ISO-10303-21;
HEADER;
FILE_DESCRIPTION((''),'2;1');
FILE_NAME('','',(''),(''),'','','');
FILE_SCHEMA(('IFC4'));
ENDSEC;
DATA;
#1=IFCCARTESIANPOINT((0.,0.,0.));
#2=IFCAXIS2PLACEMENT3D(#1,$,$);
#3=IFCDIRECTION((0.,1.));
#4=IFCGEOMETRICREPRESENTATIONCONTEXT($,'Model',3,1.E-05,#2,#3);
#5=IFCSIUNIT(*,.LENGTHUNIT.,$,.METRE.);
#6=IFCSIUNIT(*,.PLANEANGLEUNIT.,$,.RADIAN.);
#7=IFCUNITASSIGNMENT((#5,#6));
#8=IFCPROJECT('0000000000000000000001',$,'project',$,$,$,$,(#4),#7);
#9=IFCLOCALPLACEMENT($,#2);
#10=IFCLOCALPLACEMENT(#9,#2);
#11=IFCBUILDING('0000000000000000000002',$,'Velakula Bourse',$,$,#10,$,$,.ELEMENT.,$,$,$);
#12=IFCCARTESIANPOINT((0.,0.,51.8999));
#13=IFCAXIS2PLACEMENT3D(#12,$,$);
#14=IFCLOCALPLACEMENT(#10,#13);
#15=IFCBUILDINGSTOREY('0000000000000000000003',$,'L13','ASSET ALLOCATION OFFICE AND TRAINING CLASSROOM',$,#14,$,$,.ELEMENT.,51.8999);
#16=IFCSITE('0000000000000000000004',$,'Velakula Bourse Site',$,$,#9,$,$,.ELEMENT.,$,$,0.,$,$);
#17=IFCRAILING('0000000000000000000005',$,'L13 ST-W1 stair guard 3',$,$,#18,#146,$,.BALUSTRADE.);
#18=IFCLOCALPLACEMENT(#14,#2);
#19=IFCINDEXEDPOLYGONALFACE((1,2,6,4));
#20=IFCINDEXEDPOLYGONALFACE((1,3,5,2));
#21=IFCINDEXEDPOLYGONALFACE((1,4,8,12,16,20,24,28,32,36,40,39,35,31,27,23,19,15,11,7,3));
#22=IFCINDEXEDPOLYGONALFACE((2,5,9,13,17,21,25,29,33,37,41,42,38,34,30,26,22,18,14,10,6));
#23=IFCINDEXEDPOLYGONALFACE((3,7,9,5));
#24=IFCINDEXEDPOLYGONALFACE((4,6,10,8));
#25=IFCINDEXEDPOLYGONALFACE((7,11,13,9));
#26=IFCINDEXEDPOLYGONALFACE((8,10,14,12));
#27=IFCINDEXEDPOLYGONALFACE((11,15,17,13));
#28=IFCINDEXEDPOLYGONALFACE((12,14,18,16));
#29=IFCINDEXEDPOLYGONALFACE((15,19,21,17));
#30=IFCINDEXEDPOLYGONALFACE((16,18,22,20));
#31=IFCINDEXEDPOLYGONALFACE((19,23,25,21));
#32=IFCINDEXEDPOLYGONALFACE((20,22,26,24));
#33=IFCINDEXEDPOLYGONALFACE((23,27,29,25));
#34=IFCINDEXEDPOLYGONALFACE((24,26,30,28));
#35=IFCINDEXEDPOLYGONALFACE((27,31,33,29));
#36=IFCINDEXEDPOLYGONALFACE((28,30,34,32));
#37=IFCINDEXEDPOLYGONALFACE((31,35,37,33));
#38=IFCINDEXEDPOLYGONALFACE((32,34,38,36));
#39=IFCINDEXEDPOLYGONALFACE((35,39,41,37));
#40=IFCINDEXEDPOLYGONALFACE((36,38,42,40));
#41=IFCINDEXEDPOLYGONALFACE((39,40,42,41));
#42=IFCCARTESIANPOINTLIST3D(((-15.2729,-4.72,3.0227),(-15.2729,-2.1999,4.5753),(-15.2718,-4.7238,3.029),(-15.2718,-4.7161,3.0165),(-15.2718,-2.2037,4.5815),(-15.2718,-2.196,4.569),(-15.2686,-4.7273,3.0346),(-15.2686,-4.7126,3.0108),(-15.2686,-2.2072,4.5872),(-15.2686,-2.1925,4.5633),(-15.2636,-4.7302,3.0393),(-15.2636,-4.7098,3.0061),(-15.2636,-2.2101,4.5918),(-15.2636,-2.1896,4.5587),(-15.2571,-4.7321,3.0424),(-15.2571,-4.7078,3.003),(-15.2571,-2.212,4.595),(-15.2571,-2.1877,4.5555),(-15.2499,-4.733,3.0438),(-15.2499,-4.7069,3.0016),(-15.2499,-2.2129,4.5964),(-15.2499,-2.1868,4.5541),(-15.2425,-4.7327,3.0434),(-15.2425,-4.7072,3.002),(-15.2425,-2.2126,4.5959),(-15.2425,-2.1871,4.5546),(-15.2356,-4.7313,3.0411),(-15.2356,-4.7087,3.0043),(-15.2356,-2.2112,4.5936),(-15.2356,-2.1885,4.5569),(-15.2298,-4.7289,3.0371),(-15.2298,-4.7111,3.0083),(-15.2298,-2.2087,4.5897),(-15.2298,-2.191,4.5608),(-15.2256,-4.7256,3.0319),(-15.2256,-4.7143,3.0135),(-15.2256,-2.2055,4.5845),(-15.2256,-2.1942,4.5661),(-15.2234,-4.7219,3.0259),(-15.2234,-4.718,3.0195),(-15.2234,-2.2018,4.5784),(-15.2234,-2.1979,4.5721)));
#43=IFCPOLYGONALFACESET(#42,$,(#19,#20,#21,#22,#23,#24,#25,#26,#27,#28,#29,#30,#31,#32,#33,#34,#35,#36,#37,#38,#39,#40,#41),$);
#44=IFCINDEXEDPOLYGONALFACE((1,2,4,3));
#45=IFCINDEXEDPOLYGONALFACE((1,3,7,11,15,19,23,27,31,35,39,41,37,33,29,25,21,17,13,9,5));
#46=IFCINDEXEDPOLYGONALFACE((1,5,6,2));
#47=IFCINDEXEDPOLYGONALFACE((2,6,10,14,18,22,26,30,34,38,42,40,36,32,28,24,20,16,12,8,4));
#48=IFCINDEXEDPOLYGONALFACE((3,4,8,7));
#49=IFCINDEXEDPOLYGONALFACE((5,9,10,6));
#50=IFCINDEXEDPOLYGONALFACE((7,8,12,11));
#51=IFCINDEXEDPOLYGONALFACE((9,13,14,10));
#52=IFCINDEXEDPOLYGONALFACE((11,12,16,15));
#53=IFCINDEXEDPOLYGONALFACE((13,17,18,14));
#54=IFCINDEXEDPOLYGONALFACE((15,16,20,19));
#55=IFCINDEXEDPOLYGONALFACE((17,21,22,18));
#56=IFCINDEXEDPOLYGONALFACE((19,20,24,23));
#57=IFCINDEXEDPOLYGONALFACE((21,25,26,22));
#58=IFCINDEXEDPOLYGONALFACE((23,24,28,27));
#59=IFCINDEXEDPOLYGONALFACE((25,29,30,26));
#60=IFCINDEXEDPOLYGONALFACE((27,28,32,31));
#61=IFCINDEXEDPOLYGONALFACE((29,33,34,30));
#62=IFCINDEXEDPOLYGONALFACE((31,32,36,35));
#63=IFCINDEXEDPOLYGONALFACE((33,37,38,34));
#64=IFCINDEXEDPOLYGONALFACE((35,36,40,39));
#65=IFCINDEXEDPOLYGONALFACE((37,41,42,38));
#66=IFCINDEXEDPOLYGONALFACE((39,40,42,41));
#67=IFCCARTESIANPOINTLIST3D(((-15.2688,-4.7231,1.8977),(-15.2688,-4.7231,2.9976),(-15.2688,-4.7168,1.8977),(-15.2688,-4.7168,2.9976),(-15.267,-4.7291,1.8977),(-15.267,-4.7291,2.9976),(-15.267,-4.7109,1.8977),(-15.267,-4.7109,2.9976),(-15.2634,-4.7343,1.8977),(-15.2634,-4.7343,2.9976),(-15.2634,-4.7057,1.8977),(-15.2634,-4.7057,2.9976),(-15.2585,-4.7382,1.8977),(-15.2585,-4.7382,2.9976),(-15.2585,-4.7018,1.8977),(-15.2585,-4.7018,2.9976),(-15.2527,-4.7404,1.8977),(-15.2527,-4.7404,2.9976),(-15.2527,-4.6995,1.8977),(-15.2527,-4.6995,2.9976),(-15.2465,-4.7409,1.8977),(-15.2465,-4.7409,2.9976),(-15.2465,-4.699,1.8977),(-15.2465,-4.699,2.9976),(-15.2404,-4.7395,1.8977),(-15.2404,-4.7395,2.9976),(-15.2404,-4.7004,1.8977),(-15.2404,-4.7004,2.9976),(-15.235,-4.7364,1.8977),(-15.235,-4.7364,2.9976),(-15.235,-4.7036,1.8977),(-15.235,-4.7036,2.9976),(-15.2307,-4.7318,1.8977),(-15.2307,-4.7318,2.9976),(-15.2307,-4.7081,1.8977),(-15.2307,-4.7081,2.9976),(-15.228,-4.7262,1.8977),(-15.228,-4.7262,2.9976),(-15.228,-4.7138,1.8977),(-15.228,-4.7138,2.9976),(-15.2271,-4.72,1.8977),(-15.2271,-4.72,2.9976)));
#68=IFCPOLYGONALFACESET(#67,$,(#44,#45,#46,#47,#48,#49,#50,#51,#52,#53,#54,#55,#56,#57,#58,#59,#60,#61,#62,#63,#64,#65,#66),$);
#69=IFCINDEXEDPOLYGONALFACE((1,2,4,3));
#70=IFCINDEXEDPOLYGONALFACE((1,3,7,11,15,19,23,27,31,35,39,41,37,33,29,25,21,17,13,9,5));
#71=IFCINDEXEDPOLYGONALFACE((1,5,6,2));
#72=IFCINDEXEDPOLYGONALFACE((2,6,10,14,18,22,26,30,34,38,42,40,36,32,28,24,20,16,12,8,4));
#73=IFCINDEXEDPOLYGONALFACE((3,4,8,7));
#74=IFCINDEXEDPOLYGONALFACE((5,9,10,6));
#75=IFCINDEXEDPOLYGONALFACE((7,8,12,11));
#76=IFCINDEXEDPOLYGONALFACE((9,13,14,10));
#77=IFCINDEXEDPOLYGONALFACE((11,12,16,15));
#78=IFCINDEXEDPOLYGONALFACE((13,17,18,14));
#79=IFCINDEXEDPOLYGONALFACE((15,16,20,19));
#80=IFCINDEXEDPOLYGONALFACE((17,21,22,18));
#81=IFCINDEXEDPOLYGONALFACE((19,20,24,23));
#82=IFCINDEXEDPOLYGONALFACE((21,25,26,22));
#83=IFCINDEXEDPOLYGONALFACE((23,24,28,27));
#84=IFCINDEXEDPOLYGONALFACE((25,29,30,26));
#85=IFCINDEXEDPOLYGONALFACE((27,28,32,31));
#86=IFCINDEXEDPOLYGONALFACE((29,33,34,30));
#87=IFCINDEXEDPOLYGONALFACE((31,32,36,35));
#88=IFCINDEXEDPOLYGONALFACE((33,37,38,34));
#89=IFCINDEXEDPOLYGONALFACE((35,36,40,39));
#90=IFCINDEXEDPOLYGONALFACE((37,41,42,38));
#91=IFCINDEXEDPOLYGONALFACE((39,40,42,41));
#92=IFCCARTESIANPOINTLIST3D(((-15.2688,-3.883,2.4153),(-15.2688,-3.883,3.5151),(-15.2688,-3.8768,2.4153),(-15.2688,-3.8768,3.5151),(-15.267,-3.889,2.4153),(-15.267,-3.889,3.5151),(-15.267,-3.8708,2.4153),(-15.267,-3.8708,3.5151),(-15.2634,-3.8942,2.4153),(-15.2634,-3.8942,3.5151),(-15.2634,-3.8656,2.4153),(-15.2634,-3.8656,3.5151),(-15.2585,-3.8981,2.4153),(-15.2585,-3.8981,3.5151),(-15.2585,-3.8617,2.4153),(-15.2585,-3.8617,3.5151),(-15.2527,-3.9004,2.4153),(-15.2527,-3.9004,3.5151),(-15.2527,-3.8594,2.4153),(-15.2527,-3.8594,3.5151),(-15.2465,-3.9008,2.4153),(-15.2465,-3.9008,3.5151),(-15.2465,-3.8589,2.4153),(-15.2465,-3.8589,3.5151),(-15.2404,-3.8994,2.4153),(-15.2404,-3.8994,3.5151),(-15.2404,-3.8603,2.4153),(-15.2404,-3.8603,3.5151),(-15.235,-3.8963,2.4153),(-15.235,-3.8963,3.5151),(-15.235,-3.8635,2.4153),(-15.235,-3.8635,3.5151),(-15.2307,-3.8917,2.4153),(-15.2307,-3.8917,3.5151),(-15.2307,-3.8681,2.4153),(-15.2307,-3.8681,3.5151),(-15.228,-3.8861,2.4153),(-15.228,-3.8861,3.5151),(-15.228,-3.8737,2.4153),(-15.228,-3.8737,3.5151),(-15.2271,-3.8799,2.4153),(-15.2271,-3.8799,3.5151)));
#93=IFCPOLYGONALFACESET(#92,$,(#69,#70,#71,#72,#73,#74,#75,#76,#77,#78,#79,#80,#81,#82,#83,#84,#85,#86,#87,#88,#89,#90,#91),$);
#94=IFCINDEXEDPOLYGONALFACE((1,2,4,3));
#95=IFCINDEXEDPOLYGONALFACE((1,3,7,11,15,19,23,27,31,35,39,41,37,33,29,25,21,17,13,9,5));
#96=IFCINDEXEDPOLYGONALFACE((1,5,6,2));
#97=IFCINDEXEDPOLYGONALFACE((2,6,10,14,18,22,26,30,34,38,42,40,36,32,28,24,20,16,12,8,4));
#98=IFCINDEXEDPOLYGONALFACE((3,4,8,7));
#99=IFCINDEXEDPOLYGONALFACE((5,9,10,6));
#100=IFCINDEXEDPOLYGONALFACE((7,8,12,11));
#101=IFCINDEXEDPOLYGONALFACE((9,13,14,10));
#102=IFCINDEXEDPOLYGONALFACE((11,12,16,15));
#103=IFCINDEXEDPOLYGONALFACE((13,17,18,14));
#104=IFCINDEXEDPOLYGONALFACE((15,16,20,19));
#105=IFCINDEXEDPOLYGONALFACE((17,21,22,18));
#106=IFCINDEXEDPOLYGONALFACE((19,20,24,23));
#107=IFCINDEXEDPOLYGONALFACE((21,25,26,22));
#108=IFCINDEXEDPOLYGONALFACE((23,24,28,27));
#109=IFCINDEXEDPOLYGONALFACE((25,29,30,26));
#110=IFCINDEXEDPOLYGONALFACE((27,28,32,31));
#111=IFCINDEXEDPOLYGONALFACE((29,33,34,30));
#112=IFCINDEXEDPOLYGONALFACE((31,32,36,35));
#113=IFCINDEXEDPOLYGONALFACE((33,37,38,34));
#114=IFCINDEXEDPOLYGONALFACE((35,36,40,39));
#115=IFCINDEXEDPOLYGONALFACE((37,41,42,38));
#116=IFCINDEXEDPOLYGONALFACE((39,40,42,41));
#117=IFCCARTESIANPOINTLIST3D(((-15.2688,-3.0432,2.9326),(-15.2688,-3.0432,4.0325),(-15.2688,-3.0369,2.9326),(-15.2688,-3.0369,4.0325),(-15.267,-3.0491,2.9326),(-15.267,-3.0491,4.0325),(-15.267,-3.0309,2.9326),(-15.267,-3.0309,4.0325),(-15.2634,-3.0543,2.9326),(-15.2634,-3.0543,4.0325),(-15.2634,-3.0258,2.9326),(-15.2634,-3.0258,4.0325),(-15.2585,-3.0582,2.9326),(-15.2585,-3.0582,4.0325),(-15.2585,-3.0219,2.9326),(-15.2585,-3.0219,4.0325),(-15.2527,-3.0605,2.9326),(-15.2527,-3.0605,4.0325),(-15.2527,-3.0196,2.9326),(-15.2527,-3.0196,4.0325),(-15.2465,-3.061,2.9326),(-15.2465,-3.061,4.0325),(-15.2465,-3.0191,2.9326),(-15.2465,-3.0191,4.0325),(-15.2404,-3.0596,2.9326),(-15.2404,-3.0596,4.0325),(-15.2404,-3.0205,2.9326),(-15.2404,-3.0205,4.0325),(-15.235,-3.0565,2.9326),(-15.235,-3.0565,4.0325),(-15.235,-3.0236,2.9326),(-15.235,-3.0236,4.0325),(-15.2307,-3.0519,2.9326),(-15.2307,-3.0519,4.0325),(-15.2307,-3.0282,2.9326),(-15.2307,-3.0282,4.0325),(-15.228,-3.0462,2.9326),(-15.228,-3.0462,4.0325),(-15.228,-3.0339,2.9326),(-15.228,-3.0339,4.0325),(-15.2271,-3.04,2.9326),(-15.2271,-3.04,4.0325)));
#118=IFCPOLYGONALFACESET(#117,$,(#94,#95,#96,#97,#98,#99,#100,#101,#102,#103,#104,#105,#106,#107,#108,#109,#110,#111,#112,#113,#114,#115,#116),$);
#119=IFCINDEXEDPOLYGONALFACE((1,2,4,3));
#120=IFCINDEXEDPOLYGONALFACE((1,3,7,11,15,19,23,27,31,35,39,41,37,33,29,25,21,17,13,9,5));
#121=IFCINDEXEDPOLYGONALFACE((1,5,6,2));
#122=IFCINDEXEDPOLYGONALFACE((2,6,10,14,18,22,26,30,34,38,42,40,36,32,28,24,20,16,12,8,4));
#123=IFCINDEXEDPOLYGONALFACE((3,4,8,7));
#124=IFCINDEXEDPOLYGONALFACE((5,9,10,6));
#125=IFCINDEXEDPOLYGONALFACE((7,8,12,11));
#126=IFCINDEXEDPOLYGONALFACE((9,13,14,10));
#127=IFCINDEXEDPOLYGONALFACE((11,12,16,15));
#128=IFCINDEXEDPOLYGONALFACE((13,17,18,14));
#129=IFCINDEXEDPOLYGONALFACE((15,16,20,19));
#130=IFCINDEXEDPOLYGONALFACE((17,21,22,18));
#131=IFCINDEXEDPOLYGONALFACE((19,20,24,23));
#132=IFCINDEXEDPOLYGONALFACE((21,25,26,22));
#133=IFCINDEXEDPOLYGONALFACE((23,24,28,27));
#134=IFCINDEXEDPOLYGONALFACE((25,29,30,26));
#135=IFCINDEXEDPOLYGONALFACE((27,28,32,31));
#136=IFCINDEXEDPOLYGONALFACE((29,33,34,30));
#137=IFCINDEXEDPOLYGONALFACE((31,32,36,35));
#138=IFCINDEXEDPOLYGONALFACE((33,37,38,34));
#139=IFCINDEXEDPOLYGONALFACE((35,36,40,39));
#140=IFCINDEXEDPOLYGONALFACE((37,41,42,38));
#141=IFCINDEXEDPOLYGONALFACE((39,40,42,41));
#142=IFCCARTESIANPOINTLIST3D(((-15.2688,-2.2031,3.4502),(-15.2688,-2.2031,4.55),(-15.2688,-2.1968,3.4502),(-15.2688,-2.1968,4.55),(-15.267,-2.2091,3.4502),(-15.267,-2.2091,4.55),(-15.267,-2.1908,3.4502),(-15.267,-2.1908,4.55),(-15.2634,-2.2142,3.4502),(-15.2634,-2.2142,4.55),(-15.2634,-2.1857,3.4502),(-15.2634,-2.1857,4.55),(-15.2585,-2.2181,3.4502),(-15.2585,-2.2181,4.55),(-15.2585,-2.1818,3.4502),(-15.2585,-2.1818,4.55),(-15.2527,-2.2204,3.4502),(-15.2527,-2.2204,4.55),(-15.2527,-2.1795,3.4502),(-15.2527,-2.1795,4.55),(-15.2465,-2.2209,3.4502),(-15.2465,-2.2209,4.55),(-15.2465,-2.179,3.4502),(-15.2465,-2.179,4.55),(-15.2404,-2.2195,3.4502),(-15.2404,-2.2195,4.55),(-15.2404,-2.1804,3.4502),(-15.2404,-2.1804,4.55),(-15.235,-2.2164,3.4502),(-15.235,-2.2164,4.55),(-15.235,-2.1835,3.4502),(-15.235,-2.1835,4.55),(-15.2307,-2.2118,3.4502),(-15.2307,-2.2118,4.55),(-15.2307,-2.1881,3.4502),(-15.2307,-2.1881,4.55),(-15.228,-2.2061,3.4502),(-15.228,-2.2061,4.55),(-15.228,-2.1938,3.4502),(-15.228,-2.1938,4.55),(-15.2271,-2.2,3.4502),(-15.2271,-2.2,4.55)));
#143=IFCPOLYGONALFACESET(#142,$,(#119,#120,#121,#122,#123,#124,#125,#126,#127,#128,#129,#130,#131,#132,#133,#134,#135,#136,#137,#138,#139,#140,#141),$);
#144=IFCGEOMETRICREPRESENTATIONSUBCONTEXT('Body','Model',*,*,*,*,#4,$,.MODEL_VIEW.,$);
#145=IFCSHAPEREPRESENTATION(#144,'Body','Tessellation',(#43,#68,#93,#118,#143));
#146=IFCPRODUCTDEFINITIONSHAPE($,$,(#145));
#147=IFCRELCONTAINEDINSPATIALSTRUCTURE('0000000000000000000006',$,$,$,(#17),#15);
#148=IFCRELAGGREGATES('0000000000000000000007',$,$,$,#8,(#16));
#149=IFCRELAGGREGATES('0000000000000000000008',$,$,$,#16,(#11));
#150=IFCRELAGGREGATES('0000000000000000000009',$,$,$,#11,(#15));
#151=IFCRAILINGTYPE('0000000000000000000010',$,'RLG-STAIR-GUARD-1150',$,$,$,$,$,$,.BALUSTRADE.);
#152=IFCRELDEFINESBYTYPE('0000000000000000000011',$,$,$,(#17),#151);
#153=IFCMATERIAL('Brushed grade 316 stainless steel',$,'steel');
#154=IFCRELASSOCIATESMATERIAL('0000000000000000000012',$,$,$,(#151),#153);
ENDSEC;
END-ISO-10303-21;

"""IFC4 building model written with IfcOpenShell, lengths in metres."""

from ifc_helpers import new_model, si_unit, direction, frame, origin, origin_2d, place, context, subcontext, project, spatial, circle, extrude, material, type_object, element, save


model = new_model("IFC4")

# Units and contexts
model_context = context("Model", 3, precision=1e-05, world=origin(), true_north=direction((0.0, 1.0)))
body_context = subcontext(model_context, "Body", "Model", "MODEL_VIEW")
ifc_project = project(units=[si_unit("LENGTHUNIT", "METRE"), si_unit("PLANEANGLEUNIT", "RADIAN")], contexts=[model_context])

# Site, building, storey
site_placement = place(None, origin())
site = spatial("IfcSite", under=ifc_project, at=site_placement, Name="Velakula Bourse Site", CompositionType="ELEMENT", RefElevation=0.0)
building_placement = place(site_placement, origin())
building = spatial("IfcBuilding", under=site, at=building_placement, Name="Velakula Bourse", CompositionType="ELEMENT")
storey_placement = place(building_placement, frame((0.0, 0.0, 51.8999)))
storey = spatial("IfcBuildingStorey", under=building, at=storey_placement, Name="L13", Description="ASSET ALLOCATION OFFICE AND TRAINING CLASSROOM", CompositionType="ELEMENT", Elevation=51.8999)

# Shared definitions
ifc_material_1 = material(Name="Brushed grade 316 stainless steel", Category="steel")

# Railing
railing_type_1 = type_object("IfcRailingType", Name="RLG-STAIR-GUARD-1150", PredefinedType="BALUSTRADE", material=ifc_material_1)
railing_1_placement = place(storey_placement, frame((-15.248, -4.72, 1.8977)))
element("IfcRailing", 1, at=railing_1_placement, inside=storey, type_object=railing_type_1, Name="L13 ST-W1 stair guard 3", PredefinedType="BALUSTRADE", context=body_context, shape_type="SweptSolid", body=[
    extrude(circle(Radius=0.0249, at=origin_2d()), frame((0.0, 0.0, 1.125), z_axis=(0.0, 0.8514, 0.524516), x_axis=(-1.0, 0.0, 0.0)), (0.0, 0.0, 1.0), 2.96),
    extrude(circle(Radius=0.021, at=origin_2d()), origin(), (0.0, 0.0, 1.0), 1.0999),
    extrude(circle(Radius=0.021, at=origin_2d()), frame((0.0, 0.8401, 0.5176)), (0.0, 0.0, 1.0), 1.0999),
    extrude(circle(Radius=0.021, at=origin_2d()), frame((0.0, 1.6799, 1.0349)), (0.0, 0.0, 1.0), 1.0999),
    extrude(circle(Radius=0.021, at=origin_2d()), frame((0.0, 2.52, 1.5525)), (0.0, 0.0, 1.0), 1.0999),
])

save(model, "model.ifc")
